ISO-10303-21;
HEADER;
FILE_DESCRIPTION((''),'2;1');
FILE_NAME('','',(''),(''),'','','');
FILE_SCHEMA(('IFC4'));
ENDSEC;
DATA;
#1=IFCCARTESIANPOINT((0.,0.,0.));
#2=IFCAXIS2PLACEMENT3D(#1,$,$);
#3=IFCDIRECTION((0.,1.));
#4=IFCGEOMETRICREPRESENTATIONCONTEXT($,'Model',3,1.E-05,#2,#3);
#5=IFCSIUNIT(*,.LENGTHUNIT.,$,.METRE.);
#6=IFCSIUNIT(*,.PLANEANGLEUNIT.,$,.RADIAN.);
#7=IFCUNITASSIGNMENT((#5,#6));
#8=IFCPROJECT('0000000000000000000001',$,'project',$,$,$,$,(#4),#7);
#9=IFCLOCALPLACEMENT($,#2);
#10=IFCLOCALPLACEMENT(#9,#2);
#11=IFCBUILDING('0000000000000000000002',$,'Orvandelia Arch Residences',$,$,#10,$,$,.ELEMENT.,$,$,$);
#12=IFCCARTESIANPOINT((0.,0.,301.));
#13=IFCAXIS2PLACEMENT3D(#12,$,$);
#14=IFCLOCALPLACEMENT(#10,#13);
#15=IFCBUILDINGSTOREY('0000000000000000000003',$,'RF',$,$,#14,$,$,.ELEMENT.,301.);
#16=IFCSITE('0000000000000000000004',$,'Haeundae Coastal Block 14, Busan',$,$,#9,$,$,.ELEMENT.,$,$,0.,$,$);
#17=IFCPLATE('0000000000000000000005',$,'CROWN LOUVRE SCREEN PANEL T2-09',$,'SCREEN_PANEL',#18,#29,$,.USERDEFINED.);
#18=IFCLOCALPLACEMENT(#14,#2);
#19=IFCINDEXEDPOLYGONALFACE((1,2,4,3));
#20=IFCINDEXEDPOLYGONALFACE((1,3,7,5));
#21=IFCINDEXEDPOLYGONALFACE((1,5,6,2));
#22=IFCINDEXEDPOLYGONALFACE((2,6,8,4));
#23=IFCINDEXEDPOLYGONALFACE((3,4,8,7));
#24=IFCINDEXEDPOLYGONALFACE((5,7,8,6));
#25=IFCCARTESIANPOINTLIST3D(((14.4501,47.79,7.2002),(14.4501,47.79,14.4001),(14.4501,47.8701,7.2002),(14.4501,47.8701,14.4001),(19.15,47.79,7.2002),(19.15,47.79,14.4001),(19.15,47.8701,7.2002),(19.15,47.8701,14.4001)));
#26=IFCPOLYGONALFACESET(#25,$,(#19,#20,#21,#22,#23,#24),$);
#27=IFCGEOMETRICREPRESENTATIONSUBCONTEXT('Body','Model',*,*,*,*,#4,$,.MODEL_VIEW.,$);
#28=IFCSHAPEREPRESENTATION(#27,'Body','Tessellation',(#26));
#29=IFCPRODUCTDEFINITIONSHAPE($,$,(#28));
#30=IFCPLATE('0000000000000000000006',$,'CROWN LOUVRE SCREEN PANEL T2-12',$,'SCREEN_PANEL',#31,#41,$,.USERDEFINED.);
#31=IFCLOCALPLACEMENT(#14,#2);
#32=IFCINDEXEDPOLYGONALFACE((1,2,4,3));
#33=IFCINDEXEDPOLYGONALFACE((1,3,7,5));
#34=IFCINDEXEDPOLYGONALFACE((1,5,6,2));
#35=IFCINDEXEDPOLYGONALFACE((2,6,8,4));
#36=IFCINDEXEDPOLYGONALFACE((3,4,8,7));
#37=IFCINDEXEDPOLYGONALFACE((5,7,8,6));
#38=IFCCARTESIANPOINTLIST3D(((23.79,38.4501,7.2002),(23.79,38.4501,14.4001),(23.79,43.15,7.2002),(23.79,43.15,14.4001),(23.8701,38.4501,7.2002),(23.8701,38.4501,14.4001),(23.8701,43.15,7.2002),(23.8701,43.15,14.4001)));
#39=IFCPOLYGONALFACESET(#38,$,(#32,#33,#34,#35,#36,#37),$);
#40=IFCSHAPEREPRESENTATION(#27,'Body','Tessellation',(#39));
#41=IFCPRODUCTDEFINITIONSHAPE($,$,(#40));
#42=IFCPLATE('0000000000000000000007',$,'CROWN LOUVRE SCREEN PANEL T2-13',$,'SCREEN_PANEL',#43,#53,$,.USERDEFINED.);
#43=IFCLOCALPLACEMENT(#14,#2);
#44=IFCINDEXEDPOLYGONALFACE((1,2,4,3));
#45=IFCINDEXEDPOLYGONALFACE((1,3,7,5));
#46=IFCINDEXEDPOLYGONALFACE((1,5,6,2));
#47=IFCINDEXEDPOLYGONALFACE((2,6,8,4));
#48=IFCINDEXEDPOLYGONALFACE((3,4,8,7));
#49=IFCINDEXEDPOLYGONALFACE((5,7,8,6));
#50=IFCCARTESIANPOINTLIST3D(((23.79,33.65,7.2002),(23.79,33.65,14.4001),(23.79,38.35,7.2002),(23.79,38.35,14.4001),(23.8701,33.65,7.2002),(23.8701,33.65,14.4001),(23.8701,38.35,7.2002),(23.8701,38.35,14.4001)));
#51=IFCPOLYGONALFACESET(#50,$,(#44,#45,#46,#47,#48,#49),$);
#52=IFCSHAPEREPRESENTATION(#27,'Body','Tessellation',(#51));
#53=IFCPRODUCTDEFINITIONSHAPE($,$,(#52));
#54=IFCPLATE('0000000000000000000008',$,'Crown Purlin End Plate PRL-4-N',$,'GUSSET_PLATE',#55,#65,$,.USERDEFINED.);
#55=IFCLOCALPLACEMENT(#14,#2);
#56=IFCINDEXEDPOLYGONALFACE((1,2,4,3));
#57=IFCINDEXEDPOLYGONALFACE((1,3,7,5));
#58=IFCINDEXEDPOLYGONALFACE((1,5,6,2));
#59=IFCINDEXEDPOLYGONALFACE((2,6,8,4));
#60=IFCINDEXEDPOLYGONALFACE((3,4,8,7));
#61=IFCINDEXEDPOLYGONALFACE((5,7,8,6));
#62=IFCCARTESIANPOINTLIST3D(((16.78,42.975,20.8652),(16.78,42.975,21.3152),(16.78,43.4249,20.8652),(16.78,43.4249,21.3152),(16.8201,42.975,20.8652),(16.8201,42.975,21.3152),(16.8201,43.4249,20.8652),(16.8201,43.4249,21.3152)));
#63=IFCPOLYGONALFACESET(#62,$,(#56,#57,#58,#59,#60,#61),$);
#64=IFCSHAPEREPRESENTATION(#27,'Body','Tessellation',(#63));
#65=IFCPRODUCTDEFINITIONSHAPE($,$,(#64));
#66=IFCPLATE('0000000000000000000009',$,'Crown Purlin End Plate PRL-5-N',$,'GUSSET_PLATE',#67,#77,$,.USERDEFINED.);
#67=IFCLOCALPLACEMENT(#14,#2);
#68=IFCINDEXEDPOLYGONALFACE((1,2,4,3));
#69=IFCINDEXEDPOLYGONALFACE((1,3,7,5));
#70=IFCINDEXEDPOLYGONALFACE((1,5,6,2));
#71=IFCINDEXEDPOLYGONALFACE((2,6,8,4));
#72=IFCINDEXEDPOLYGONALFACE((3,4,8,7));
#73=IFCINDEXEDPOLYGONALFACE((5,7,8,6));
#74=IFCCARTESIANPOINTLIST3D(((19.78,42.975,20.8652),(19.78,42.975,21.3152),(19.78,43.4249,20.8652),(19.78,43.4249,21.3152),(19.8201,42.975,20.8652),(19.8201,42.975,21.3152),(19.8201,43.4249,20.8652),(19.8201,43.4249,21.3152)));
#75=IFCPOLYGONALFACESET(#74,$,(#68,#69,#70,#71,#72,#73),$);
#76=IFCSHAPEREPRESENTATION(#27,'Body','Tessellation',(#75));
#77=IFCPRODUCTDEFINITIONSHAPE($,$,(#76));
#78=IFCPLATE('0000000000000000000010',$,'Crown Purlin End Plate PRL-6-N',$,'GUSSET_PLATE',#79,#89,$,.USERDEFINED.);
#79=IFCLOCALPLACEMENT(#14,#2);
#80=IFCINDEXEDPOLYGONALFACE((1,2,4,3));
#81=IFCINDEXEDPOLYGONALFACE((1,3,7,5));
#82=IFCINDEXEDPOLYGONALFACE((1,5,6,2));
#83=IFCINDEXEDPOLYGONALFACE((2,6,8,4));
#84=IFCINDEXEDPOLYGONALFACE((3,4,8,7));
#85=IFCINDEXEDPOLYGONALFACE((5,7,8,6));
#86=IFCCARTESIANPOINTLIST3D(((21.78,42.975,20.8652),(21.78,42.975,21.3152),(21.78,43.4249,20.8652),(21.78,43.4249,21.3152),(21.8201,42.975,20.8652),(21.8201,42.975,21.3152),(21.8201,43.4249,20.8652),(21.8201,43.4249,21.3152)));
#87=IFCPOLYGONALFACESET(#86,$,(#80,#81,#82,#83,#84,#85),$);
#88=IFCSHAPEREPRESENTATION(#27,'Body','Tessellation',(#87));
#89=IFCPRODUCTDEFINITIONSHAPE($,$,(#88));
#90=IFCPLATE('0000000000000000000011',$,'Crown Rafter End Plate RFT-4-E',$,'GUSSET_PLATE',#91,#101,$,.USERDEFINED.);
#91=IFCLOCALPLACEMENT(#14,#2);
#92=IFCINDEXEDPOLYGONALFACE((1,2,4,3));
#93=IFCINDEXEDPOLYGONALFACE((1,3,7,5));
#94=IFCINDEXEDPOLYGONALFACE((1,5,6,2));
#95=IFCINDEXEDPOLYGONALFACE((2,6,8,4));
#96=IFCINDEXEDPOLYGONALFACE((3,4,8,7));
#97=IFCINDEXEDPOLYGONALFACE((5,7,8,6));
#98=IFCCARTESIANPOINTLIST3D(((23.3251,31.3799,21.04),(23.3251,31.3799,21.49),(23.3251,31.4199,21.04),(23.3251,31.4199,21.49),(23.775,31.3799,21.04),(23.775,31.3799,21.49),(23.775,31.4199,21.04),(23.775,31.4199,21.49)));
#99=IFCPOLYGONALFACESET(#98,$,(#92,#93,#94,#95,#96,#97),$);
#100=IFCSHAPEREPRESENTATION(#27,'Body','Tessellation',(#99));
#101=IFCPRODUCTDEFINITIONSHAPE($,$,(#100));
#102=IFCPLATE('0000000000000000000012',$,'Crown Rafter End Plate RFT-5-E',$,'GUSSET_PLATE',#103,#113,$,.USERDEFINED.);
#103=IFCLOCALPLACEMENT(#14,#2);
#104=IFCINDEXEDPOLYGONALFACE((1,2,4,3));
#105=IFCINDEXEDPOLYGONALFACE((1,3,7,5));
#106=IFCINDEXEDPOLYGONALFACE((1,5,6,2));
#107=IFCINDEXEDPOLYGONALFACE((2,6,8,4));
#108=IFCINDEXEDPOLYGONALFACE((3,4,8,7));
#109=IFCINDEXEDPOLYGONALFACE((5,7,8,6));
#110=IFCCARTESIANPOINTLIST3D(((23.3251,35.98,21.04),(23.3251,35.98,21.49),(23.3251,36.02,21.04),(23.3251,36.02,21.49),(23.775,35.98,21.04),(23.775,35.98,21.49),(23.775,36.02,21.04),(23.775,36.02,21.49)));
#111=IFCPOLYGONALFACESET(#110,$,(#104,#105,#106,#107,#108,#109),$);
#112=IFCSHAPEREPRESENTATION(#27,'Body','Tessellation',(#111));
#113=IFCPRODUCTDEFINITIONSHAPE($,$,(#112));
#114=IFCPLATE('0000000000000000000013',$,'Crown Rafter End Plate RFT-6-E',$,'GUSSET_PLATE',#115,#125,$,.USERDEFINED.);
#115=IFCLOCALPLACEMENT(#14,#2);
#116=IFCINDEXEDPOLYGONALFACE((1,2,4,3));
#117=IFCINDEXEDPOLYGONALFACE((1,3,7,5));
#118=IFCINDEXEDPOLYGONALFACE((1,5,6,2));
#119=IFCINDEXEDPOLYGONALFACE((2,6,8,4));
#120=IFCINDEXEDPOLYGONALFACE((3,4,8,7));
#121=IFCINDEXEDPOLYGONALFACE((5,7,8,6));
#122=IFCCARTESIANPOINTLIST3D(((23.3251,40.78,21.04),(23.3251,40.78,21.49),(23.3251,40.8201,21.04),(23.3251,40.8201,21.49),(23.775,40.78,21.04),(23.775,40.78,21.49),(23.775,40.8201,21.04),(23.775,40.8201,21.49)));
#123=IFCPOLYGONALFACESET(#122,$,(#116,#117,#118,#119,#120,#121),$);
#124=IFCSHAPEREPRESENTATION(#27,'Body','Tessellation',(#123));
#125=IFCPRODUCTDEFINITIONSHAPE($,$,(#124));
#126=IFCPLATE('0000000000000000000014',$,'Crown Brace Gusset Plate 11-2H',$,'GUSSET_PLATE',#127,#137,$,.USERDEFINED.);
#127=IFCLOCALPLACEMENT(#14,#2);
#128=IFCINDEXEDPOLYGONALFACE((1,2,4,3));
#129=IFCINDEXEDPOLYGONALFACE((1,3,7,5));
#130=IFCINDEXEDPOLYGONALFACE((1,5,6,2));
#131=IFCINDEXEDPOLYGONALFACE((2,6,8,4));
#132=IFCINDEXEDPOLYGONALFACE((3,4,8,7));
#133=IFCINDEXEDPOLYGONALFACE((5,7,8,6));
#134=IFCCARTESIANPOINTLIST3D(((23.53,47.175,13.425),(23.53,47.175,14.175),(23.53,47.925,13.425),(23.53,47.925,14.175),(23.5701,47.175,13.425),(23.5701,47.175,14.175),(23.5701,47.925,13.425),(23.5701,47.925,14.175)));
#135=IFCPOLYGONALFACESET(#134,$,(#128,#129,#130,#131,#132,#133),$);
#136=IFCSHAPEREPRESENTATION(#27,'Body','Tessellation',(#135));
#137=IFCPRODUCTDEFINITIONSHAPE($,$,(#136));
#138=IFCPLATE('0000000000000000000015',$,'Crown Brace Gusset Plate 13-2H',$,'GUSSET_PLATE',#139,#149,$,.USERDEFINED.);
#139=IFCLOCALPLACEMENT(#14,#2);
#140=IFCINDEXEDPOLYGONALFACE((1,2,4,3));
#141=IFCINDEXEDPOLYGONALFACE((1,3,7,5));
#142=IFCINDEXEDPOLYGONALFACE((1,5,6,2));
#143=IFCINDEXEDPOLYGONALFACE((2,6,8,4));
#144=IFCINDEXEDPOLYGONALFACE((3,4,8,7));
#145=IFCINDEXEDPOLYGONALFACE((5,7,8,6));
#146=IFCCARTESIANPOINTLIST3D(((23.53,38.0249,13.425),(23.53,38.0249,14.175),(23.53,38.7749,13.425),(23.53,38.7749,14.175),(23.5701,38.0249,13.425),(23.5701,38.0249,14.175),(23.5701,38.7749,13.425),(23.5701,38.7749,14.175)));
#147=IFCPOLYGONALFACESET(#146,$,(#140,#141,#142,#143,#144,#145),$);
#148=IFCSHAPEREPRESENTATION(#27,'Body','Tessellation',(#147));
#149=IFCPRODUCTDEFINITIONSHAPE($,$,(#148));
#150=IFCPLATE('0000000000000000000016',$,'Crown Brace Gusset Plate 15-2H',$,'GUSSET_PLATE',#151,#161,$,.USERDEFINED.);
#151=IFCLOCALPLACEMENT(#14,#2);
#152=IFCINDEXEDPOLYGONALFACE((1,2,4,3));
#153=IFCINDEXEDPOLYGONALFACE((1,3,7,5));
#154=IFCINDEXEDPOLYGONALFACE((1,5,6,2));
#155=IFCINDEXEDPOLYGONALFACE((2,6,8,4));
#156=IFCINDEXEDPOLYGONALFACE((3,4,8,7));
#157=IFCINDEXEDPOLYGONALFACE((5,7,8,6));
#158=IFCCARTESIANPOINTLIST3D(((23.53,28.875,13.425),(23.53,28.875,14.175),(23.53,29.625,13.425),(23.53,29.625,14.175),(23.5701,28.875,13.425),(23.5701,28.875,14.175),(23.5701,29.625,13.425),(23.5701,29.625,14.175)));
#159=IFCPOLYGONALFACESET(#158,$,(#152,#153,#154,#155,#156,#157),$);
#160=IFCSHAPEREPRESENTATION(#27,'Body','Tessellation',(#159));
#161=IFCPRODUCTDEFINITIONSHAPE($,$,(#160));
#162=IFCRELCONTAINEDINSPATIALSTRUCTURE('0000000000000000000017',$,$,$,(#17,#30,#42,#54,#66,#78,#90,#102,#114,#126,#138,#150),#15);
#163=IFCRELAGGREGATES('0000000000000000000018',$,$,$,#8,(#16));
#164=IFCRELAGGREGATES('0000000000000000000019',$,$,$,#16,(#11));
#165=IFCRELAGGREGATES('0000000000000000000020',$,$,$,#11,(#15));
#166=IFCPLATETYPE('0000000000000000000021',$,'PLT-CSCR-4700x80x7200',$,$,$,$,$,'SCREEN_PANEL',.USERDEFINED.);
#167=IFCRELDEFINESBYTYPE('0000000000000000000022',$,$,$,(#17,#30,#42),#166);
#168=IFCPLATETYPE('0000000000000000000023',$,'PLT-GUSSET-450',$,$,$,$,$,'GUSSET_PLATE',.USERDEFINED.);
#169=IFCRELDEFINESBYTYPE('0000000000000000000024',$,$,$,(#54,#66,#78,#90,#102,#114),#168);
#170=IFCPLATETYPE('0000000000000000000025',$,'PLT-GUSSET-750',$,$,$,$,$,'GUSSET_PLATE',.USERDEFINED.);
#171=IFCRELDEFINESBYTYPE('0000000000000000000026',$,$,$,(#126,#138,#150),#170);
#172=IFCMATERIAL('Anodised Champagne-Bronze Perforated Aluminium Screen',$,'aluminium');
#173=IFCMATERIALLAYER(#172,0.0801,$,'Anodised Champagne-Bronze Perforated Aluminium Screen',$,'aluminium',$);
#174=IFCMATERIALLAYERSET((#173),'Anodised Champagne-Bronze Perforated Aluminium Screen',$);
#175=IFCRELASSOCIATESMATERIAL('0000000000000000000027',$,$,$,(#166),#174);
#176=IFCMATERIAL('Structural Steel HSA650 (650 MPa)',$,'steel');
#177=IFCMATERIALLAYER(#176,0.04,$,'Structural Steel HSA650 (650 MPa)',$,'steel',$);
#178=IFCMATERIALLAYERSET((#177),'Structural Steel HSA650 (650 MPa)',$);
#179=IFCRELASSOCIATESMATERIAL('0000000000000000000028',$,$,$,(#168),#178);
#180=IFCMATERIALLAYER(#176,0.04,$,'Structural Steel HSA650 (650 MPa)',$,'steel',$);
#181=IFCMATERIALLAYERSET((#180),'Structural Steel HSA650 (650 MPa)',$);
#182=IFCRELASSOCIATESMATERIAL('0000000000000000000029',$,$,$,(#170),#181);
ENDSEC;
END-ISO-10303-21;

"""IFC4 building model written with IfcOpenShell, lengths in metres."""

from ifc_helpers import new_model, si_unit, direction, frame, origin, origin_2d, place, context, subcontext, project, spatial, rectangle, extrude, material, layer, layer_set, type_object, element, save


model = new_model("IFC4")

# Units and contexts
model_context = context("Model", 3, precision=1e-05, world=origin(), true_north=direction((0.0, 1.0)))
body_context = subcontext(model_context, "Body", "Model", "MODEL_VIEW")
ifc_project = project(units=[si_unit("LENGTHUNIT", "METRE"), si_unit("PLANEANGLEUNIT", "RADIAN")], contexts=[model_context])

# Site, building, storey
site_placement = place(None, origin())
site = spatial("IfcSite", under=ifc_project, at=site_placement, Name="Haeundae Coastal Block 14, Busan", CompositionType="ELEMENT", RefElevation=0.0)
building_placement = place(site_placement, origin())
building = spatial("IfcBuilding", under=site, at=building_placement, Name="Orvandelia Arch Residences", CompositionType="ELEMENT")
storey_placement = place(building_placement, frame((0.0, 0.0, 301.0)))
storey = spatial("IfcBuildingStorey", under=building, at=storey_placement, Name="RF", CompositionType="ELEMENT", Elevation=301.0)

# Shared definitions
ifc_material_1 = material(Name="Structural Steel HSA650 (650 MPa)", Category="steel")

# Plates
ifc_material_2 = material(Name="Anodised Champagne-Bronze Perforated Aluminium Screen", Category="aluminium")
ifc_layer_1 = layer(ifc_material_2, 0.0801, Name="Anodised Champagne-Bronze Perforated Aluminium Screen", Category="aluminium")
ifc_layer_set_1 = layer_set([ifc_layer_1], Name="Anodised Champagne-Bronze Perforated Aluminium Screen")
plate_type_1 = type_object("IfcPlateType", Name="PLT-CSCR-4700x80x7200", ElementType="SCREEN_PANEL", PredefinedType="USERDEFINED", material=ifc_layer_set_1)
for number, where, z_axis, x_axis, name in (
    (1, (16.8, 47.8301, 7.2002), (0.0, 0.0, 1.0), (1.0, 0.0, 0.0), "CROWN LOUVRE SCREEN PANEL T2-09"),
    (2, (23.8301, 40.8, 7.2002), (0.0, 0.0, 1.0), (0.0, -1.0, 0.0), "CROWN LOUVRE SCREEN PANEL T2-12"),
    (3, (23.8301, 36.0, 7.2002), (0.0, 0.0, 1.0), (0.0, -1.0, 0.0), "CROWN LOUVRE SCREEN PANEL T2-13"),
):
    element("IfcPlate", number, at=place(storey_placement, frame(where, z_axis=z_axis, x_axis=x_axis)), inside=storey, type_object=plate_type_1, Name=name, ObjectType="SCREEN_PANEL", PredefinedType="USERDEFINED", context=body_context, shape_type="SweptSolid", body=[
        extrude(rectangle(XDim=4.7, YDim=0.0801, at=origin_2d()), origin(), (0.0, 0.0, 1.0), 7.2),
    ])
ifc_layer_2 = layer(ifc_material_1, 0.04, Name="Structural Steel HSA650 (650 MPa)", Category="steel")
ifc_layer_set_2 = layer_set([ifc_layer_2], Name="Structural Steel HSA650 (650 MPa)")
plate_type_2 = type_object("IfcPlateType", Name="PLT-GUSSET-450", ElementType="GUSSET_PLATE", PredefinedType="USERDEFINED", material=ifc_layer_set_2)
for number, where, z_axis, x_axis, name in (
    (4, (16.8, 43.2, 20.8652), (0.0, 0.0, 1.0), (0.0, 1.0, 0.0), "Crown Purlin End Plate PRL-4-N"),
    (5, (19.8, 43.2, 20.8652), (0.0, 0.0, 1.0), (0.0, 1.0, 0.0), "Crown Purlin End Plate PRL-5-N"),
    (6, (21.8, 43.2, 20.8652), (0.0, 0.0, 1.0), (0.0, 1.0, 0.0), "Crown Purlin End Plate PRL-6-N"),
    (7, (23.55, 31.3999, 21.04), (0.0, 0.0, 1.0), (1.0, 0.0, 0.0), "Crown Rafter End Plate RFT-4-E"),
    (8, (23.55, 36.0, 21.04), (0.0, 0.0, 1.0), (1.0, 0.0, 0.0), "Crown Rafter End Plate RFT-5-E"),
    (9, (23.55, 40.8, 21.04), (0.0, 0.0, 1.0), (1.0, 0.0, 0.0), "Crown Rafter End Plate RFT-6-E"),
):
    element("IfcPlate", number, at=place(storey_placement, frame(where, z_axis=z_axis, x_axis=x_axis)), inside=storey, type_object=plate_type_2, Name=name, ObjectType="GUSSET_PLATE", PredefinedType="USERDEFINED", context=body_context, shape_type="SweptSolid", body=[
        extrude(rectangle(XDim=0.45, YDim=0.04, at=origin_2d()), origin(), (0.0, 0.0, 1.0), 0.45),
    ])
ifc_layer_3 = layer(ifc_material_1, 0.04, Name="Structural Steel HSA650 (650 MPa)", Category="steel")
ifc_layer_set_3 = layer_set([ifc_layer_3], Name="Structural Steel HSA650 (650 MPa)")
plate_type_3 = type_object("IfcPlateType", Name="PLT-GUSSET-750", ElementType="GUSSET_PLATE", PredefinedType="USERDEFINED", material=ifc_layer_set_3)
for number, where, z_axis, x_axis, name in (
    (10, (23.55, 47.55, 13.425), (0.0, 0.0, 1.0), (0.0, -1.0, 0.0), "Crown Brace Gusset Plate 11-2H"),
    (11, (23.55, 38.3999, 13.425), (0.0, 0.0, 1.0), (0.0, -1.0, 0.0), "Crown Brace Gusset Plate 13-2H"),
    (12, (23.55, 29.25, 13.425), (0.0, 0.0, 1.0), (0.0, -1.0, 0.0), "Crown Brace Gusset Plate 15-2H"),
):
    element("IfcPlate", number, at=place(storey_placement, frame(where, z_axis=z_axis, x_axis=x_axis)), inside=storey, type_object=plate_type_3, Name=name, ObjectType="GUSSET_PLATE", PredefinedType="USERDEFINED", context=body_context, shape_type="SweptSolid", body=[
        extrude(rectangle(XDim=0.75, YDim=0.04, at=origin_2d()), origin(), (0.0, 0.0, 1.0), 0.75),
    ])

save(model, "model.ifc")
